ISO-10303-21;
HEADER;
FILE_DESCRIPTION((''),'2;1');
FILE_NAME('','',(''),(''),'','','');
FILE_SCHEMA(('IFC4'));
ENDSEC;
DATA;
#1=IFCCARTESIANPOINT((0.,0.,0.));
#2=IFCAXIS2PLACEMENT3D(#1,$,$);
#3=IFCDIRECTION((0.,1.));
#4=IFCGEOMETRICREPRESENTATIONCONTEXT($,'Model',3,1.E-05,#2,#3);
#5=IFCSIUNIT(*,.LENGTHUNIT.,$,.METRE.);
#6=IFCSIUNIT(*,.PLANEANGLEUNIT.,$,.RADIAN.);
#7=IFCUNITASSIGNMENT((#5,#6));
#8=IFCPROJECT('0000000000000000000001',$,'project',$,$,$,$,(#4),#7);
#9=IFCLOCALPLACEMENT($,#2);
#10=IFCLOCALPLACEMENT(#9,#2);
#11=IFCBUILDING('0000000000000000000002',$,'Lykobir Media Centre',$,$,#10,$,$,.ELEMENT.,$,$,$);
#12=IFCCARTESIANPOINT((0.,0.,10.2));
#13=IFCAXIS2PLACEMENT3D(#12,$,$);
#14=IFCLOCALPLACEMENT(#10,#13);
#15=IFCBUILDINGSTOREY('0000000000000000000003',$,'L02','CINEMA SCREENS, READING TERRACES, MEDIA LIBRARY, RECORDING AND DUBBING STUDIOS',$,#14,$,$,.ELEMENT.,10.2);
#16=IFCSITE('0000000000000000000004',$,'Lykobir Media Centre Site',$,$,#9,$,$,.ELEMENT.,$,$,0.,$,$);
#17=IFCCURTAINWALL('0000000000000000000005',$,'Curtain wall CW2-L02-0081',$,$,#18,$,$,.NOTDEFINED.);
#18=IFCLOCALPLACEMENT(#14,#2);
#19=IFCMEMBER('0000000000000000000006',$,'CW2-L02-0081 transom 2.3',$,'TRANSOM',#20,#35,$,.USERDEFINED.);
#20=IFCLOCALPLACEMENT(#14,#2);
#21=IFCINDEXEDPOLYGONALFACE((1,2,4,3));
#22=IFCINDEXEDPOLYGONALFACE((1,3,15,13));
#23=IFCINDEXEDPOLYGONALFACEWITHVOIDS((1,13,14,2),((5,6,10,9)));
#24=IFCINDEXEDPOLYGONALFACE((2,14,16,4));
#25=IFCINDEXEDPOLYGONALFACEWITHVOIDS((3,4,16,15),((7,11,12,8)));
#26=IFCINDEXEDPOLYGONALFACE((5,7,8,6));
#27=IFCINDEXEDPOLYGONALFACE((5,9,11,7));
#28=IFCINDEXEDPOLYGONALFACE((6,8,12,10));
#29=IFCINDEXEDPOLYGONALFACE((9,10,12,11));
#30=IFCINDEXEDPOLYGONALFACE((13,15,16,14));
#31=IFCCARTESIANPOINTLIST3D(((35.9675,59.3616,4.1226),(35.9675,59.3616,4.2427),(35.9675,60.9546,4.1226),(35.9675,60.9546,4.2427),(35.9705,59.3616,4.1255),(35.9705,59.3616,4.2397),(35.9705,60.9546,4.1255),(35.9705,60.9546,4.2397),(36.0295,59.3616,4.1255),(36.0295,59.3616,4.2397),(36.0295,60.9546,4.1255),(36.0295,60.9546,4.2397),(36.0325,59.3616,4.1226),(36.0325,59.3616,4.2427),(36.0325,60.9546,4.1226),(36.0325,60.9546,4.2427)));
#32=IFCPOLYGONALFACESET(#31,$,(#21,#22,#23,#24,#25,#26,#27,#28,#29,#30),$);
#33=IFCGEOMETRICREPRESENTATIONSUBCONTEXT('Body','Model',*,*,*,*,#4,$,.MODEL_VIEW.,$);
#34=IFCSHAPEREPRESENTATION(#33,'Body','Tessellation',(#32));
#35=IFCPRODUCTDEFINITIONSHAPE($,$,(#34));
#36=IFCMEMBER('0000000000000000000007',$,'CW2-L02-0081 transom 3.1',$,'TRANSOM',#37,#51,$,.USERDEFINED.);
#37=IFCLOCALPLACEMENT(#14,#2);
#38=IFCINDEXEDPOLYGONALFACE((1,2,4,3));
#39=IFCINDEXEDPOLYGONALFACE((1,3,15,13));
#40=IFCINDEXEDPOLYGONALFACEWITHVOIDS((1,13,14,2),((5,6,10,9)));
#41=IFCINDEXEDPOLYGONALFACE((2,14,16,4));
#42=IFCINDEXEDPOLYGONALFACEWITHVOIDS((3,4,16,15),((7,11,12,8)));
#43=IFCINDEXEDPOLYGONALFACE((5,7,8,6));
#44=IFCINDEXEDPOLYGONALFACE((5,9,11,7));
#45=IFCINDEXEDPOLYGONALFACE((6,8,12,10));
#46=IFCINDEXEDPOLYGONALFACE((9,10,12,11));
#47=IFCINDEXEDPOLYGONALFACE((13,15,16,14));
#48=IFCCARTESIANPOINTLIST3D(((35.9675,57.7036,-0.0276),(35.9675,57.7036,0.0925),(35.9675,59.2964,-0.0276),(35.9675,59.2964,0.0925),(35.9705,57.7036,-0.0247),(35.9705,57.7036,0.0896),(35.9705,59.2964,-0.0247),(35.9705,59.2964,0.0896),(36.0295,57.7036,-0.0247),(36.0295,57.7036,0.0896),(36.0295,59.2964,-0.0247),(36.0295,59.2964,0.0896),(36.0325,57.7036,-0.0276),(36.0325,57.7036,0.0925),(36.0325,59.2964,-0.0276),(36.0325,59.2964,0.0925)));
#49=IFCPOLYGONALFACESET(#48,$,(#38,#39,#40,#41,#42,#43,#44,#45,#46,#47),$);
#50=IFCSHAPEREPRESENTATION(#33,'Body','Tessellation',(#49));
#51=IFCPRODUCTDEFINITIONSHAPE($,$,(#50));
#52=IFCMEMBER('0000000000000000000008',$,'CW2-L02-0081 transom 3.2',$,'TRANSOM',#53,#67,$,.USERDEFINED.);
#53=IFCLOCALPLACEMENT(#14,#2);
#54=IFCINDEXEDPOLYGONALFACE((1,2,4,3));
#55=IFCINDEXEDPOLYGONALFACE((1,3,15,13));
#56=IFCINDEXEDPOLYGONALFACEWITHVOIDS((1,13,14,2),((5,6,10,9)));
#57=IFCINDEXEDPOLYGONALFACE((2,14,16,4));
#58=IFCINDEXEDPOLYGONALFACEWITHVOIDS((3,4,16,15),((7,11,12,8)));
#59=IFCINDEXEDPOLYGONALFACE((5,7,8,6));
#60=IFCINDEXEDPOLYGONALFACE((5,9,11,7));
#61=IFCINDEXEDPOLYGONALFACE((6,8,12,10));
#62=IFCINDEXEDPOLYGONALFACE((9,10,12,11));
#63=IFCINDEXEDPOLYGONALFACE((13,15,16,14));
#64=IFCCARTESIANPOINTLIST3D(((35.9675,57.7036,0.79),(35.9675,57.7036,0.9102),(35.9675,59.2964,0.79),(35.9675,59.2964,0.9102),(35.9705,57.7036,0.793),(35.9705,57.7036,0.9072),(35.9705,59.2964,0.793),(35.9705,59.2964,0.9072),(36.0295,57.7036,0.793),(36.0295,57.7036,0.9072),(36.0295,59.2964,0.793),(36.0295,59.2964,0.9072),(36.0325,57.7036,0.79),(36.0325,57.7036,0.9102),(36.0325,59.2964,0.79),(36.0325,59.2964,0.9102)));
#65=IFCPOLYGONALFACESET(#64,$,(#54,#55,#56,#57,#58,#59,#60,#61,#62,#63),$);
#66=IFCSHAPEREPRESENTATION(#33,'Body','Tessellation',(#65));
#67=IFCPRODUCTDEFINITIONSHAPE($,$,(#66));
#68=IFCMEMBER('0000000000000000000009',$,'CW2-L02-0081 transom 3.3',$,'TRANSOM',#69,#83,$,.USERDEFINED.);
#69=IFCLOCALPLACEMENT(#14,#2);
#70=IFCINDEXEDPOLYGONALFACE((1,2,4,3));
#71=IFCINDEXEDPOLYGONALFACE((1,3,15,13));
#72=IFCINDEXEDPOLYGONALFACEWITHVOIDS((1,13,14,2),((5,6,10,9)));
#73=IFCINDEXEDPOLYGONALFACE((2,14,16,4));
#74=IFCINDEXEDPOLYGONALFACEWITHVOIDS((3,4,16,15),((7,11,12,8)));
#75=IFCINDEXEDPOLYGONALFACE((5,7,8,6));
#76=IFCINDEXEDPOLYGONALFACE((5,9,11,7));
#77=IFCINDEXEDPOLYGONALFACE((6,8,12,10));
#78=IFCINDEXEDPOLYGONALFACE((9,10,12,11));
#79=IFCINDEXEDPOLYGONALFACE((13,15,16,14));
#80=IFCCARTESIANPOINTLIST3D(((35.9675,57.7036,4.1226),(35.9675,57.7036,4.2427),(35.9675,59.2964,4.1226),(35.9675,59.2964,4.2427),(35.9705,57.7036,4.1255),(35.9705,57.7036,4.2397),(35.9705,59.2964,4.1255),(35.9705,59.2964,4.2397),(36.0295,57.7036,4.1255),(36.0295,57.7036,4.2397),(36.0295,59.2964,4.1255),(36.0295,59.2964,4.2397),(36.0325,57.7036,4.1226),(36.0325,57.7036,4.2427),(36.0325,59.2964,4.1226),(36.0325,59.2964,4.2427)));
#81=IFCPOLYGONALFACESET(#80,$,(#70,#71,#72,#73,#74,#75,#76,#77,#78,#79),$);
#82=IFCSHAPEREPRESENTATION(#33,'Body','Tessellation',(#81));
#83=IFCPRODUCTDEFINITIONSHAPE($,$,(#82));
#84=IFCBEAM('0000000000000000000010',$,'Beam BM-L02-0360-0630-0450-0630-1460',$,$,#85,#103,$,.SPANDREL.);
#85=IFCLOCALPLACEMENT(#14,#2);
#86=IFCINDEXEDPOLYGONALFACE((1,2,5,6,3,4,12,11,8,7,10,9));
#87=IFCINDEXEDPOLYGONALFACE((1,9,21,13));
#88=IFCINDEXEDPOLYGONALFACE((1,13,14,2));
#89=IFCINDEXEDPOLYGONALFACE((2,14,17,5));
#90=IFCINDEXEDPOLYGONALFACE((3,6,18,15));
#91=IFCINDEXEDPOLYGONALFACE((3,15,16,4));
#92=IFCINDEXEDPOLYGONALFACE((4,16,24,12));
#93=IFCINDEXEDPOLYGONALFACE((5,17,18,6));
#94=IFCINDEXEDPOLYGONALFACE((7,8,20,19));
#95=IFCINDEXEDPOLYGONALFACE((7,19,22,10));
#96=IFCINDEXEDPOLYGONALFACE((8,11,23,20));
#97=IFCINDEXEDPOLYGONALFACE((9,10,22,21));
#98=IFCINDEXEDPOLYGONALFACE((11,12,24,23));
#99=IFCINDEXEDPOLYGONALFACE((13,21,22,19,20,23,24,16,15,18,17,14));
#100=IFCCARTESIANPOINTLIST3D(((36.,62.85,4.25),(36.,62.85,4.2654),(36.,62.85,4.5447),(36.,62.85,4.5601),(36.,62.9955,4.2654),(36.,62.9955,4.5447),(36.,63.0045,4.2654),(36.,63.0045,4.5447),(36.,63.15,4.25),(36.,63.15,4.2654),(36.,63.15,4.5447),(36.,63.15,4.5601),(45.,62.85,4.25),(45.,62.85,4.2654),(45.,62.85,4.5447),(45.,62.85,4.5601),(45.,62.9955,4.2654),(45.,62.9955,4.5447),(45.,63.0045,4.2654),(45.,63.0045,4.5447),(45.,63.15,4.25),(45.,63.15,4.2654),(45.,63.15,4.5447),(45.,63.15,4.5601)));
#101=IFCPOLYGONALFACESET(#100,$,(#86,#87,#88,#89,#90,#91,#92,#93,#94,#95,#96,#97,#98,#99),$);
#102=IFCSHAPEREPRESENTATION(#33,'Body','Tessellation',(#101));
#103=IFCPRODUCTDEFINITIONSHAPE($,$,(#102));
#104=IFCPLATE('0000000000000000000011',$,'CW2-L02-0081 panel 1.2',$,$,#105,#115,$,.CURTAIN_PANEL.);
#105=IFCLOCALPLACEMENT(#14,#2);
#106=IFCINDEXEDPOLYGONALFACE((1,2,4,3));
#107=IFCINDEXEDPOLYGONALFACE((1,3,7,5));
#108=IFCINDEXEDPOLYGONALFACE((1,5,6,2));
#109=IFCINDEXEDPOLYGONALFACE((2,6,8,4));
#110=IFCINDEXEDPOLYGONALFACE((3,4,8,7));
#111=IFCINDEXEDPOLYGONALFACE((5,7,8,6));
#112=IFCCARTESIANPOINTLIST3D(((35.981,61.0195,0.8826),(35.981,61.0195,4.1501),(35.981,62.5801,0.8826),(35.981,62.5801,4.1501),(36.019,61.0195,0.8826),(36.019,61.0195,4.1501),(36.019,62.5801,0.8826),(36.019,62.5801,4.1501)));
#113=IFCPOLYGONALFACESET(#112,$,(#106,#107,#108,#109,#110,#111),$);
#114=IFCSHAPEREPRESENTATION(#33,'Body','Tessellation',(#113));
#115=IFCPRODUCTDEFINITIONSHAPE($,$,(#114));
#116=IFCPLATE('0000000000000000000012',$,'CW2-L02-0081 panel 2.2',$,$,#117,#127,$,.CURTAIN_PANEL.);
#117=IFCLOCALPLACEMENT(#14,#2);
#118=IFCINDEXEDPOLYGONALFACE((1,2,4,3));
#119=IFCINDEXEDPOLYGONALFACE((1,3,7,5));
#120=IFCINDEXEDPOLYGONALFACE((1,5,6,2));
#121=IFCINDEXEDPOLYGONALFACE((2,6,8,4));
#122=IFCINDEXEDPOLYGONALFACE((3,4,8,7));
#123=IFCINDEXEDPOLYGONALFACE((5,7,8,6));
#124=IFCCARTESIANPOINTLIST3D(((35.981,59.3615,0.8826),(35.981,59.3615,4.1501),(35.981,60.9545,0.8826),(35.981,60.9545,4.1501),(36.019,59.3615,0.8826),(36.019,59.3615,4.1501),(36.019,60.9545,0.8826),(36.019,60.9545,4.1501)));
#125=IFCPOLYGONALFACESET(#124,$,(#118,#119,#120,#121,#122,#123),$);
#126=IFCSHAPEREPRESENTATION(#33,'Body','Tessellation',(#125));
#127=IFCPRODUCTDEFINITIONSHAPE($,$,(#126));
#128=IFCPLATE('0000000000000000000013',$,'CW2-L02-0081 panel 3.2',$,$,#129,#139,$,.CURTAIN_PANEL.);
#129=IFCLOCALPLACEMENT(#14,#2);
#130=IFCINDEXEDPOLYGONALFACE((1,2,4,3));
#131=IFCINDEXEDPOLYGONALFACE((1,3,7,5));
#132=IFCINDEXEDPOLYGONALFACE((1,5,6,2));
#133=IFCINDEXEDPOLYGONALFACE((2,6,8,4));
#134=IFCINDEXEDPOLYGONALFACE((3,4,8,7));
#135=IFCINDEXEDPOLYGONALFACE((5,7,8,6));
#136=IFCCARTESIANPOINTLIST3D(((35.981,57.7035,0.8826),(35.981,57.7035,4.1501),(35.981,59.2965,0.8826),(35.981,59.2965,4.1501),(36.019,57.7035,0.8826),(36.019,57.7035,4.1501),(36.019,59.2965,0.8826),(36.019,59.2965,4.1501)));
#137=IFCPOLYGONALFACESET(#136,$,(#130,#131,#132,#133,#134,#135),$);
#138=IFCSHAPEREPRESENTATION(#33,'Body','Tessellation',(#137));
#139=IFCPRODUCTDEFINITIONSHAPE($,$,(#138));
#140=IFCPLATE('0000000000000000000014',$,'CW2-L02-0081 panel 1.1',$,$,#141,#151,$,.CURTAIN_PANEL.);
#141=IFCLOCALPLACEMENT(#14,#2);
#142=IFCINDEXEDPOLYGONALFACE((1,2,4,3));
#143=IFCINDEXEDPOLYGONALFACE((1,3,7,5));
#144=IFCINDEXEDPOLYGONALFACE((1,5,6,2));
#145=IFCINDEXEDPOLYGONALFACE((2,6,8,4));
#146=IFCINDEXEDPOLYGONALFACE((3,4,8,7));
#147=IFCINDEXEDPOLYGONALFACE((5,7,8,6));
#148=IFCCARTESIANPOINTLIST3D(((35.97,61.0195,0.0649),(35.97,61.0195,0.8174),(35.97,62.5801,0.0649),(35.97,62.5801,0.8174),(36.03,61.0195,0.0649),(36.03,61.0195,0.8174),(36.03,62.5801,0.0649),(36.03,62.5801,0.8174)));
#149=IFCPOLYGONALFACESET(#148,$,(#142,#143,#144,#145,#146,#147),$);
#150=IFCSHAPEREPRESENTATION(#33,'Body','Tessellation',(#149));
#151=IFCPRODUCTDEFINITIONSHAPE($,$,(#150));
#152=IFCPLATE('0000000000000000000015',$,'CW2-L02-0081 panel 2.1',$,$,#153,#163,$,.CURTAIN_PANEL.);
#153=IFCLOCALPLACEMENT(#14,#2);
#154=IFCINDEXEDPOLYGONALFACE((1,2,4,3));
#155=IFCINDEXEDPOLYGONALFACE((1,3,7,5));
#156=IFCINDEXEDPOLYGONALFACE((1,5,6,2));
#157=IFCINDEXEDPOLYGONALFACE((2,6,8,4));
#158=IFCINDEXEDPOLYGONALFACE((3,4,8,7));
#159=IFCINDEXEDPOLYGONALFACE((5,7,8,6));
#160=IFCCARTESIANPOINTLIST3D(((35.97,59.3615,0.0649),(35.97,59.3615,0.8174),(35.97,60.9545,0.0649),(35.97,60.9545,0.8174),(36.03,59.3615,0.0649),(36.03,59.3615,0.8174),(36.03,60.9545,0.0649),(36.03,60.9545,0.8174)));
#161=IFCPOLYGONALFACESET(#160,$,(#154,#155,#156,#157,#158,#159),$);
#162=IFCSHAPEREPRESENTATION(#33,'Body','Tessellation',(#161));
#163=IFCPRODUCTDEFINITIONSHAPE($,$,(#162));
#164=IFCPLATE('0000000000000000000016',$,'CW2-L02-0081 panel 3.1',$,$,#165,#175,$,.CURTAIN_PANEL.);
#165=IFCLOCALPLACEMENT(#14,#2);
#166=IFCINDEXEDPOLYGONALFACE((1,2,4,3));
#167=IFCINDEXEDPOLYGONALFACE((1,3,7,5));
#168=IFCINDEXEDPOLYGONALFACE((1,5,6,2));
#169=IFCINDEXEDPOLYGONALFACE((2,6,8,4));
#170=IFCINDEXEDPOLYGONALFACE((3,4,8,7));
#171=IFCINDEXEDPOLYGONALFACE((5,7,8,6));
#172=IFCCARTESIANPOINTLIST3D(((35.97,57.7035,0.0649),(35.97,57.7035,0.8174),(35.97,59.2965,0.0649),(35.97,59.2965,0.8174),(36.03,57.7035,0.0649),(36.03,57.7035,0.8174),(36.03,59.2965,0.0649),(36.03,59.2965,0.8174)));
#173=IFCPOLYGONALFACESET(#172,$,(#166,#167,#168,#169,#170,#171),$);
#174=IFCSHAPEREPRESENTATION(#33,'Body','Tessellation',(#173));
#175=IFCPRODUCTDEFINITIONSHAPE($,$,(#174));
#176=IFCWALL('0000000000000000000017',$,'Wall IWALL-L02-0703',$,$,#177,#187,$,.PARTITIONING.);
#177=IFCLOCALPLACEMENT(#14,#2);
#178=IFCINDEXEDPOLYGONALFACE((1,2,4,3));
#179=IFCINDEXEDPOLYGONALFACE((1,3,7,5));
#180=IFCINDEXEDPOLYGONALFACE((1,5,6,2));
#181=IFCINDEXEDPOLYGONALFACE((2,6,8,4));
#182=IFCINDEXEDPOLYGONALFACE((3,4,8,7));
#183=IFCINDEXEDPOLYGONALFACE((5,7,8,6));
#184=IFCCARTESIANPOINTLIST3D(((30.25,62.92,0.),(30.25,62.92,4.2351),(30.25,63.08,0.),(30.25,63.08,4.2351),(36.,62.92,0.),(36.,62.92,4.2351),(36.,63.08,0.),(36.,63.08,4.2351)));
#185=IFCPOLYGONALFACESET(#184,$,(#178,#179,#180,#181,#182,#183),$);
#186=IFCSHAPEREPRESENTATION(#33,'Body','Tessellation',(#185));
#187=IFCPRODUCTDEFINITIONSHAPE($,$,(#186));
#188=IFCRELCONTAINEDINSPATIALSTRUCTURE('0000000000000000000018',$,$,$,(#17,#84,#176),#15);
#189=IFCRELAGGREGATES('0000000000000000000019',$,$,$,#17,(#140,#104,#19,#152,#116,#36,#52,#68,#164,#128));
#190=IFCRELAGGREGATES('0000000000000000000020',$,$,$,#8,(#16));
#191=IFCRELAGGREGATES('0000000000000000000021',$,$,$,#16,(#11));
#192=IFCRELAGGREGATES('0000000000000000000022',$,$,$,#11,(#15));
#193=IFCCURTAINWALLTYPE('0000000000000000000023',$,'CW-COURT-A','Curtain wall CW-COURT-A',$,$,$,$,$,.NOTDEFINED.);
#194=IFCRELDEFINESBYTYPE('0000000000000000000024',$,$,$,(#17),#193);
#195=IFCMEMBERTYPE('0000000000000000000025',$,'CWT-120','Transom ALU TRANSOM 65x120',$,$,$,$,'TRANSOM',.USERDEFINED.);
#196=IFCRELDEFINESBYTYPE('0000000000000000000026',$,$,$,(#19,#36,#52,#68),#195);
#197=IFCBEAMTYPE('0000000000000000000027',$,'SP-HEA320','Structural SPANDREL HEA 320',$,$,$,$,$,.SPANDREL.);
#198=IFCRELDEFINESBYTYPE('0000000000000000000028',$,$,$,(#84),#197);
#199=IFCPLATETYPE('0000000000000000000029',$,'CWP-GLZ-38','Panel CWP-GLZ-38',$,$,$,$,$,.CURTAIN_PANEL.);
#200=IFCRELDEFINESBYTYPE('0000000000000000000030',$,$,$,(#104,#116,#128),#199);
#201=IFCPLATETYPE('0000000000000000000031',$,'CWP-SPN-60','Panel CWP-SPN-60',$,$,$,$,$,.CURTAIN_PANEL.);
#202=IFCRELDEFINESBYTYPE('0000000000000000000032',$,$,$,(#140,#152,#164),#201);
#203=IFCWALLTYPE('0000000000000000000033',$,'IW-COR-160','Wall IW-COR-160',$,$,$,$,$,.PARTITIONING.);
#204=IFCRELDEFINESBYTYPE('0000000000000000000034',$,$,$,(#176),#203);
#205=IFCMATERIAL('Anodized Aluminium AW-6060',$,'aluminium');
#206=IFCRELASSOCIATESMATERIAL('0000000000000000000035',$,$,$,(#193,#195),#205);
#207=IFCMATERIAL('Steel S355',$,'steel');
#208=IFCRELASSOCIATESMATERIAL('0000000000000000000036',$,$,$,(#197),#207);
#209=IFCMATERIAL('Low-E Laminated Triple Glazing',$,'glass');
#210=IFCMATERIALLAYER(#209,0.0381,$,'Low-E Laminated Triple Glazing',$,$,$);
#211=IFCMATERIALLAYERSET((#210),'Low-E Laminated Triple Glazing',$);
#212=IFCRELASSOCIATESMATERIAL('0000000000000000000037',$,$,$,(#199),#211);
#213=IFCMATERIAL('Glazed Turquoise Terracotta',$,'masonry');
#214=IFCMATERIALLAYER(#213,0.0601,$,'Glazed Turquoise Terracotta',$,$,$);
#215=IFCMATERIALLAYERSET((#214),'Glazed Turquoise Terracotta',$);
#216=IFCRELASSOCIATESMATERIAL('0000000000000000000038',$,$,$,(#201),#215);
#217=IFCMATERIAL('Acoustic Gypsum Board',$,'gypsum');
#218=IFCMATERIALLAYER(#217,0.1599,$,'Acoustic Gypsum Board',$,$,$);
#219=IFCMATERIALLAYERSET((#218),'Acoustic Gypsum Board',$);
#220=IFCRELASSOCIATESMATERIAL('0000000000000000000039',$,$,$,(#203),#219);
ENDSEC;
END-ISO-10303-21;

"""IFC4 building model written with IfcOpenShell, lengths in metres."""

from ifc_helpers import new_model, si_unit, direction, frame, frame_2d, origin, origin_2d, place, context, subcontext, project, spatial, rectangle, hollow_rectangle, i_section, extrude, material, layer, layer_set, material_profile, profile_set, type_object, element, aggregate, save


model = new_model("IFC4")

# Units and contexts
model_context = context("Model", 3, precision=1e-05, world=origin(), true_north=direction((0.0, 1.0)))
body_context = subcontext(model_context, "Body", "Model", "MODEL_VIEW")
ifc_project = project(units=[si_unit("LENGTHUNIT", "METRE"), si_unit("PLANEANGLEUNIT", "RADIAN")], contexts=[model_context])

# Site, building, storey
site_placement = place(None, origin())
site = spatial("IfcSite", under=ifc_project, at=site_placement, Name="Lykobir Media Centre Site", CompositionType="ELEMENT", RefElevation=0.0)
building_placement = place(site_placement, origin())
building = spatial("IfcBuilding", under=site, at=building_placement, Name="Lykobir Media Centre", CompositionType="ELEMENT")
storey_placement = place(building_placement, frame((0.0, 0.0, 10.2)))
storey = spatial("IfcBuildingStorey", under=building, at=storey_placement, Name="L02", Description="CINEMA SCREENS, READING TERRACES, MEDIA LIBRARY, RECORDING AND DUBBING STUDIOS", CompositionType="ELEMENT", Elevation=10.2)

# Shared definitions
ifc_material_1 = material(Name="Steel S355", Category="steel")

# Curtain wall, members
ifc_material_2 = material(Name="Anodized Aluminium AW-6060", Category="aluminium")
curtain_wall_type = type_object("IfcCurtainWallType", Name="CW-COURT-A", Description="Curtain wall CW-COURT-A", PredefinedType="NOTDEFINED", material=ifc_material_2)
curtain_wall_placement = place(storey_placement, origin())
curtain_wall = element("IfcCurtainWall", 1, at=curtain_wall_placement, inside=storey, type_object=curtain_wall_type, Name="Curtain wall CW2-L02-0081", PredefinedType="NOTDEFINED")
ifc_material_profile_1 = material_profile(ifc_material_2, hollow_rectangle(XDim=0.0649, YDim=0.1201, WallThickness=0.0029, at=origin_2d()), Name="ALU TRANSOM 65x120")
ifc_profile_set_1 = profile_set([ifc_material_profile_1], Name="Anodized Aluminium AW-6060")
member_type_1 = type_object("IfcMemberType", Name="CWT-120", Description="Transom ALU TRANSOM 65x120", ElementType="TRANSOM", PredefinedType="USERDEFINED", material=ifc_profile_set_1)
member_1_placement = place(storey_placement, frame((36.0, 60.9546, 4.1826), z_axis=(0.0, -1.0, 0.0), x_axis=(1.0, 0.0, 0.0)))
member_1 = element("IfcMember", 2, at=member_1_placement, type_object=member_type_1, Name="CW2-L02-0081 transom 2.3", ObjectType="TRANSOM", PredefinedType="USERDEFINED", context=body_context, shape_type="SweptSolid", body=[
    extrude(hollow_rectangle(XDim=0.0649, YDim=0.1201, WallThickness=0.0029, at=origin_2d()), origin(), (0.0, 0.0, 1.0), 1.593),
])
member_2_placement = place(storey_placement, frame((36.0, 59.2964, 0.0325), z_axis=(0.0, -1.0, 0.0), x_axis=(1.0, 0.0, 0.0)))
member_2 = element("IfcMember", 3, at=member_2_placement, type_object=member_type_1, Name="CW2-L02-0081 transom 3.1", ObjectType="TRANSOM", PredefinedType="USERDEFINED", context=body_context, shape_type="SweptSolid", body=[
    extrude(hollow_rectangle(XDim=0.0649, YDim=0.1201, WallThickness=0.0029, at=origin_2d()), origin(), (0.0, 0.0, 1.0), 1.5928),
])
member_3_placement = place(storey_placement, frame((36.0, 59.2964, 0.8501), z_axis=(0.0, -1.0, 0.0), x_axis=(1.0, 0.0, 0.0)))
member_3 = element("IfcMember", 4, at=member_3_placement, type_object=member_type_1, Name="CW2-L02-0081 transom 3.2", ObjectType="TRANSOM", PredefinedType="USERDEFINED", context=body_context, shape_type="SweptSolid", body=[
    extrude(hollow_rectangle(XDim=0.0649, YDim=0.1201, WallThickness=0.0029, at=origin_2d()), origin(), (0.0, 0.0, 1.0), 1.5928),
])
member_4_placement = place(storey_placement, frame((36.0, 59.2964, 4.1826), z_axis=(0.0, -1.0, 0.0), x_axis=(1.0, 0.0, 0.0)))
member_4 = element("IfcMember", 5, at=member_4_placement, type_object=member_type_1, Name="CW2-L02-0081 transom 3.3", ObjectType="TRANSOM", PredefinedType="USERDEFINED", context=body_context, shape_type="SweptSolid", body=[
    extrude(hollow_rectangle(XDim=0.0649, YDim=0.1201, WallThickness=0.0029, at=origin_2d()), origin(), (0.0, 0.0, 1.0), 1.5928),
])

# Beam
ifc_material_profile_2 = material_profile(ifc_material_1, i_section(OverallWidth=0.3, OverallDepth=0.3101, WebThickness=0.009, FlangeThickness=0.0154, at=origin_2d()), Name="HEA 320")
ifc_profile_set_2 = profile_set([ifc_material_profile_2], Name="Steel S355")
beam_type_1 = type_object("IfcBeamType", Name="SP-HEA320", Description="Structural SPANDREL HEA 320", PredefinedType="SPANDREL", material=ifc_profile_set_2)
beam_1_placement = place(storey_placement, frame((36.0, 63.0, 4.405), z_axis=(1.0, 0.0, 0.0), x_axis=(0.0, 1.0, 0.0)))
element("IfcBeam", 6, at=beam_1_placement, inside=storey, type_object=beam_type_1, Name="Beam BM-L02-0360-0630-0450-0630-1460", PredefinedType="SPANDREL", context=body_context, shape_type="SweptSolid", body=[
    extrude(i_section(OverallWidth=0.3, OverallDepth=0.3101, WebThickness=0.009, FlangeThickness=0.0154, at=origin_2d()), origin(), (0.0, 0.0, 1.0), 9.0),
])

# Plates
ifc_material_3 = material(Name="Low-E Laminated Triple Glazing", Category="glass")
ifc_layer_1 = layer(ifc_material_3, 0.0381, Name="Low-E Laminated Triple Glazing")
ifc_layer_set_1 = layer_set([ifc_layer_1], Name="Low-E Laminated Triple Glazing")
plate_type_1 = type_object("IfcPlateType", Name="CWP-GLZ-38", Description="Panel CWP-GLZ-38", PredefinedType="CURTAIN_PANEL", material=ifc_layer_set_1)
plate_1_placement = place(storey_placement, frame((36.0, 61.7998, 0.8826), z_axis=(0.0, 0.0, 1.0), x_axis=(0.0, -1.0, 0.0)))
plate_1 = element("IfcPlate", 7, at=plate_1_placement, type_object=plate_type_1, Name="CW2-L02-0081 panel 1.2", PredefinedType="CURTAIN_PANEL", context=body_context, shape_type="SweptSolid", body=[
    extrude(rectangle(XDim=1.5605, YDim=0.0381, at=origin_2d()), origin(), (0.0, 0.0, 1.0), 3.2676),
])
plate_2_placement = place(storey_placement, frame((36.0, 60.158, 0.8826), z_axis=(0.0, 0.0, 1.0), x_axis=(0.0, -1.0, 0.0)))
plate_2 = element("IfcPlate", 8, at=plate_2_placement, type_object=plate_type_1, Name="CW2-L02-0081 panel 2.2", PredefinedType="CURTAIN_PANEL", context=body_context, shape_type="SweptSolid", body=[
    extrude(rectangle(XDim=1.593, YDim=0.0381, at=origin_2d()), origin(), (0.0, 0.0, 1.0), 3.2676),
])
plate_3_placement = place(storey_placement, frame((36.0, 58.5, 0.8826), z_axis=(0.0, 0.0, 1.0), x_axis=(0.0, -1.0, 0.0)))
plate_3 = element("IfcPlate", 9, at=plate_3_placement, type_object=plate_type_1, Name="CW2-L02-0081 panel 3.2", PredefinedType="CURTAIN_PANEL", context=body_context, shape_type="SweptSolid", body=[
    extrude(rectangle(XDim=1.593, YDim=0.0381, at=origin_2d()), origin(), (0.0, 0.0, 1.0), 3.2676),
])
ifc_material_4 = material(Name="Glazed Turquoise Terracotta", Category="masonry")
ifc_layer_2 = layer(ifc_material_4, 0.0601, Name="Glazed Turquoise Terracotta")
ifc_layer_set_2 = layer_set([ifc_layer_2], Name="Glazed Turquoise Terracotta")
plate_type_2 = type_object("IfcPlateType", Name="CWP-SPN-60", Description="Panel CWP-SPN-60", PredefinedType="CURTAIN_PANEL", material=ifc_layer_set_2)
plate_4_placement = place(storey_placement, frame((36.0, 61.7998, 0.0649), z_axis=(0.0, 0.0, 1.0), x_axis=(0.0, -1.0, 0.0)))
plate_4 = element("IfcPlate", 10, at=plate_4_placement, type_object=plate_type_2, Name="CW2-L02-0081 panel 1.1", PredefinedType="CURTAIN_PANEL", context=body_context, shape_type="SweptSolid", body=[
    extrude(rectangle(XDim=1.5605, YDim=0.0601, at=origin_2d()), origin(), (0.0, 0.0, 1.0), 0.7524),
])
plate_5_placement = place(storey_placement, frame((36.0, 60.158, 0.0649), z_axis=(0.0, 0.0, 1.0), x_axis=(0.0, -1.0, 0.0)))
plate_5 = element("IfcPlate", 11, at=plate_5_placement, type_object=plate_type_2, Name="CW2-L02-0081 panel 2.1", PredefinedType="CURTAIN_PANEL", context=body_context, shape_type="SweptSolid", body=[
    extrude(rectangle(XDim=1.593, YDim=0.0601, at=origin_2d()), origin(), (0.0, 0.0, 1.0), 0.7524),
])
plate_6_placement = place(storey_placement, frame((36.0, 58.5, 0.0649), z_axis=(0.0, 0.0, 1.0), x_axis=(0.0, -1.0, 0.0)))
plate_6 = element("IfcPlate", 12, at=plate_6_placement, type_object=plate_type_2, Name="CW2-L02-0081 panel 3.1", PredefinedType="CURTAIN_PANEL", context=body_context, shape_type="SweptSolid", body=[
    extrude(rectangle(XDim=1.593, YDim=0.0601, at=origin_2d()), origin(), (0.0, 0.0, 1.0), 0.7524),
])
aggregate(curtain_wall, [plate_4, plate_1, member_1, plate_5, plate_2, member_2, member_3, member_4, plate_6, plate_3])

# Wall
ifc_material_5 = material(Name="Acoustic Gypsum Board", Category="gypsum")
ifc_layer_3 = layer(ifc_material_5, 0.1599, Name="Acoustic Gypsum Board")
ifc_layer_set_3 = layer_set([ifc_layer_3], Name="Acoustic Gypsum Board")
wall_type = type_object("IfcWallType", Name="IW-COR-160", Description="Wall IW-COR-160", PredefinedType="PARTITIONING", material=ifc_layer_set_3)
wall_placement = place(storey_placement, frame((30.25, 63.0, 0.0), z_axis=(0.0, 0.0, 1.0), x_axis=(1.0, 0.0, 0.0)))
element("IfcWall", 13, at=wall_placement, inside=storey, type_object=wall_type, Name="Wall IWALL-L02-0703", PredefinedType="PARTITIONING", context=body_context, shape_type="SweptSolid", body=[
    extrude(rectangle(XDim=5.75, YDim=0.1599, at=frame_2d((2.875, 0.0))), origin(), (0.0, 0.0, 1.0), 4.2351),
])

save(model, "model.ifc")
